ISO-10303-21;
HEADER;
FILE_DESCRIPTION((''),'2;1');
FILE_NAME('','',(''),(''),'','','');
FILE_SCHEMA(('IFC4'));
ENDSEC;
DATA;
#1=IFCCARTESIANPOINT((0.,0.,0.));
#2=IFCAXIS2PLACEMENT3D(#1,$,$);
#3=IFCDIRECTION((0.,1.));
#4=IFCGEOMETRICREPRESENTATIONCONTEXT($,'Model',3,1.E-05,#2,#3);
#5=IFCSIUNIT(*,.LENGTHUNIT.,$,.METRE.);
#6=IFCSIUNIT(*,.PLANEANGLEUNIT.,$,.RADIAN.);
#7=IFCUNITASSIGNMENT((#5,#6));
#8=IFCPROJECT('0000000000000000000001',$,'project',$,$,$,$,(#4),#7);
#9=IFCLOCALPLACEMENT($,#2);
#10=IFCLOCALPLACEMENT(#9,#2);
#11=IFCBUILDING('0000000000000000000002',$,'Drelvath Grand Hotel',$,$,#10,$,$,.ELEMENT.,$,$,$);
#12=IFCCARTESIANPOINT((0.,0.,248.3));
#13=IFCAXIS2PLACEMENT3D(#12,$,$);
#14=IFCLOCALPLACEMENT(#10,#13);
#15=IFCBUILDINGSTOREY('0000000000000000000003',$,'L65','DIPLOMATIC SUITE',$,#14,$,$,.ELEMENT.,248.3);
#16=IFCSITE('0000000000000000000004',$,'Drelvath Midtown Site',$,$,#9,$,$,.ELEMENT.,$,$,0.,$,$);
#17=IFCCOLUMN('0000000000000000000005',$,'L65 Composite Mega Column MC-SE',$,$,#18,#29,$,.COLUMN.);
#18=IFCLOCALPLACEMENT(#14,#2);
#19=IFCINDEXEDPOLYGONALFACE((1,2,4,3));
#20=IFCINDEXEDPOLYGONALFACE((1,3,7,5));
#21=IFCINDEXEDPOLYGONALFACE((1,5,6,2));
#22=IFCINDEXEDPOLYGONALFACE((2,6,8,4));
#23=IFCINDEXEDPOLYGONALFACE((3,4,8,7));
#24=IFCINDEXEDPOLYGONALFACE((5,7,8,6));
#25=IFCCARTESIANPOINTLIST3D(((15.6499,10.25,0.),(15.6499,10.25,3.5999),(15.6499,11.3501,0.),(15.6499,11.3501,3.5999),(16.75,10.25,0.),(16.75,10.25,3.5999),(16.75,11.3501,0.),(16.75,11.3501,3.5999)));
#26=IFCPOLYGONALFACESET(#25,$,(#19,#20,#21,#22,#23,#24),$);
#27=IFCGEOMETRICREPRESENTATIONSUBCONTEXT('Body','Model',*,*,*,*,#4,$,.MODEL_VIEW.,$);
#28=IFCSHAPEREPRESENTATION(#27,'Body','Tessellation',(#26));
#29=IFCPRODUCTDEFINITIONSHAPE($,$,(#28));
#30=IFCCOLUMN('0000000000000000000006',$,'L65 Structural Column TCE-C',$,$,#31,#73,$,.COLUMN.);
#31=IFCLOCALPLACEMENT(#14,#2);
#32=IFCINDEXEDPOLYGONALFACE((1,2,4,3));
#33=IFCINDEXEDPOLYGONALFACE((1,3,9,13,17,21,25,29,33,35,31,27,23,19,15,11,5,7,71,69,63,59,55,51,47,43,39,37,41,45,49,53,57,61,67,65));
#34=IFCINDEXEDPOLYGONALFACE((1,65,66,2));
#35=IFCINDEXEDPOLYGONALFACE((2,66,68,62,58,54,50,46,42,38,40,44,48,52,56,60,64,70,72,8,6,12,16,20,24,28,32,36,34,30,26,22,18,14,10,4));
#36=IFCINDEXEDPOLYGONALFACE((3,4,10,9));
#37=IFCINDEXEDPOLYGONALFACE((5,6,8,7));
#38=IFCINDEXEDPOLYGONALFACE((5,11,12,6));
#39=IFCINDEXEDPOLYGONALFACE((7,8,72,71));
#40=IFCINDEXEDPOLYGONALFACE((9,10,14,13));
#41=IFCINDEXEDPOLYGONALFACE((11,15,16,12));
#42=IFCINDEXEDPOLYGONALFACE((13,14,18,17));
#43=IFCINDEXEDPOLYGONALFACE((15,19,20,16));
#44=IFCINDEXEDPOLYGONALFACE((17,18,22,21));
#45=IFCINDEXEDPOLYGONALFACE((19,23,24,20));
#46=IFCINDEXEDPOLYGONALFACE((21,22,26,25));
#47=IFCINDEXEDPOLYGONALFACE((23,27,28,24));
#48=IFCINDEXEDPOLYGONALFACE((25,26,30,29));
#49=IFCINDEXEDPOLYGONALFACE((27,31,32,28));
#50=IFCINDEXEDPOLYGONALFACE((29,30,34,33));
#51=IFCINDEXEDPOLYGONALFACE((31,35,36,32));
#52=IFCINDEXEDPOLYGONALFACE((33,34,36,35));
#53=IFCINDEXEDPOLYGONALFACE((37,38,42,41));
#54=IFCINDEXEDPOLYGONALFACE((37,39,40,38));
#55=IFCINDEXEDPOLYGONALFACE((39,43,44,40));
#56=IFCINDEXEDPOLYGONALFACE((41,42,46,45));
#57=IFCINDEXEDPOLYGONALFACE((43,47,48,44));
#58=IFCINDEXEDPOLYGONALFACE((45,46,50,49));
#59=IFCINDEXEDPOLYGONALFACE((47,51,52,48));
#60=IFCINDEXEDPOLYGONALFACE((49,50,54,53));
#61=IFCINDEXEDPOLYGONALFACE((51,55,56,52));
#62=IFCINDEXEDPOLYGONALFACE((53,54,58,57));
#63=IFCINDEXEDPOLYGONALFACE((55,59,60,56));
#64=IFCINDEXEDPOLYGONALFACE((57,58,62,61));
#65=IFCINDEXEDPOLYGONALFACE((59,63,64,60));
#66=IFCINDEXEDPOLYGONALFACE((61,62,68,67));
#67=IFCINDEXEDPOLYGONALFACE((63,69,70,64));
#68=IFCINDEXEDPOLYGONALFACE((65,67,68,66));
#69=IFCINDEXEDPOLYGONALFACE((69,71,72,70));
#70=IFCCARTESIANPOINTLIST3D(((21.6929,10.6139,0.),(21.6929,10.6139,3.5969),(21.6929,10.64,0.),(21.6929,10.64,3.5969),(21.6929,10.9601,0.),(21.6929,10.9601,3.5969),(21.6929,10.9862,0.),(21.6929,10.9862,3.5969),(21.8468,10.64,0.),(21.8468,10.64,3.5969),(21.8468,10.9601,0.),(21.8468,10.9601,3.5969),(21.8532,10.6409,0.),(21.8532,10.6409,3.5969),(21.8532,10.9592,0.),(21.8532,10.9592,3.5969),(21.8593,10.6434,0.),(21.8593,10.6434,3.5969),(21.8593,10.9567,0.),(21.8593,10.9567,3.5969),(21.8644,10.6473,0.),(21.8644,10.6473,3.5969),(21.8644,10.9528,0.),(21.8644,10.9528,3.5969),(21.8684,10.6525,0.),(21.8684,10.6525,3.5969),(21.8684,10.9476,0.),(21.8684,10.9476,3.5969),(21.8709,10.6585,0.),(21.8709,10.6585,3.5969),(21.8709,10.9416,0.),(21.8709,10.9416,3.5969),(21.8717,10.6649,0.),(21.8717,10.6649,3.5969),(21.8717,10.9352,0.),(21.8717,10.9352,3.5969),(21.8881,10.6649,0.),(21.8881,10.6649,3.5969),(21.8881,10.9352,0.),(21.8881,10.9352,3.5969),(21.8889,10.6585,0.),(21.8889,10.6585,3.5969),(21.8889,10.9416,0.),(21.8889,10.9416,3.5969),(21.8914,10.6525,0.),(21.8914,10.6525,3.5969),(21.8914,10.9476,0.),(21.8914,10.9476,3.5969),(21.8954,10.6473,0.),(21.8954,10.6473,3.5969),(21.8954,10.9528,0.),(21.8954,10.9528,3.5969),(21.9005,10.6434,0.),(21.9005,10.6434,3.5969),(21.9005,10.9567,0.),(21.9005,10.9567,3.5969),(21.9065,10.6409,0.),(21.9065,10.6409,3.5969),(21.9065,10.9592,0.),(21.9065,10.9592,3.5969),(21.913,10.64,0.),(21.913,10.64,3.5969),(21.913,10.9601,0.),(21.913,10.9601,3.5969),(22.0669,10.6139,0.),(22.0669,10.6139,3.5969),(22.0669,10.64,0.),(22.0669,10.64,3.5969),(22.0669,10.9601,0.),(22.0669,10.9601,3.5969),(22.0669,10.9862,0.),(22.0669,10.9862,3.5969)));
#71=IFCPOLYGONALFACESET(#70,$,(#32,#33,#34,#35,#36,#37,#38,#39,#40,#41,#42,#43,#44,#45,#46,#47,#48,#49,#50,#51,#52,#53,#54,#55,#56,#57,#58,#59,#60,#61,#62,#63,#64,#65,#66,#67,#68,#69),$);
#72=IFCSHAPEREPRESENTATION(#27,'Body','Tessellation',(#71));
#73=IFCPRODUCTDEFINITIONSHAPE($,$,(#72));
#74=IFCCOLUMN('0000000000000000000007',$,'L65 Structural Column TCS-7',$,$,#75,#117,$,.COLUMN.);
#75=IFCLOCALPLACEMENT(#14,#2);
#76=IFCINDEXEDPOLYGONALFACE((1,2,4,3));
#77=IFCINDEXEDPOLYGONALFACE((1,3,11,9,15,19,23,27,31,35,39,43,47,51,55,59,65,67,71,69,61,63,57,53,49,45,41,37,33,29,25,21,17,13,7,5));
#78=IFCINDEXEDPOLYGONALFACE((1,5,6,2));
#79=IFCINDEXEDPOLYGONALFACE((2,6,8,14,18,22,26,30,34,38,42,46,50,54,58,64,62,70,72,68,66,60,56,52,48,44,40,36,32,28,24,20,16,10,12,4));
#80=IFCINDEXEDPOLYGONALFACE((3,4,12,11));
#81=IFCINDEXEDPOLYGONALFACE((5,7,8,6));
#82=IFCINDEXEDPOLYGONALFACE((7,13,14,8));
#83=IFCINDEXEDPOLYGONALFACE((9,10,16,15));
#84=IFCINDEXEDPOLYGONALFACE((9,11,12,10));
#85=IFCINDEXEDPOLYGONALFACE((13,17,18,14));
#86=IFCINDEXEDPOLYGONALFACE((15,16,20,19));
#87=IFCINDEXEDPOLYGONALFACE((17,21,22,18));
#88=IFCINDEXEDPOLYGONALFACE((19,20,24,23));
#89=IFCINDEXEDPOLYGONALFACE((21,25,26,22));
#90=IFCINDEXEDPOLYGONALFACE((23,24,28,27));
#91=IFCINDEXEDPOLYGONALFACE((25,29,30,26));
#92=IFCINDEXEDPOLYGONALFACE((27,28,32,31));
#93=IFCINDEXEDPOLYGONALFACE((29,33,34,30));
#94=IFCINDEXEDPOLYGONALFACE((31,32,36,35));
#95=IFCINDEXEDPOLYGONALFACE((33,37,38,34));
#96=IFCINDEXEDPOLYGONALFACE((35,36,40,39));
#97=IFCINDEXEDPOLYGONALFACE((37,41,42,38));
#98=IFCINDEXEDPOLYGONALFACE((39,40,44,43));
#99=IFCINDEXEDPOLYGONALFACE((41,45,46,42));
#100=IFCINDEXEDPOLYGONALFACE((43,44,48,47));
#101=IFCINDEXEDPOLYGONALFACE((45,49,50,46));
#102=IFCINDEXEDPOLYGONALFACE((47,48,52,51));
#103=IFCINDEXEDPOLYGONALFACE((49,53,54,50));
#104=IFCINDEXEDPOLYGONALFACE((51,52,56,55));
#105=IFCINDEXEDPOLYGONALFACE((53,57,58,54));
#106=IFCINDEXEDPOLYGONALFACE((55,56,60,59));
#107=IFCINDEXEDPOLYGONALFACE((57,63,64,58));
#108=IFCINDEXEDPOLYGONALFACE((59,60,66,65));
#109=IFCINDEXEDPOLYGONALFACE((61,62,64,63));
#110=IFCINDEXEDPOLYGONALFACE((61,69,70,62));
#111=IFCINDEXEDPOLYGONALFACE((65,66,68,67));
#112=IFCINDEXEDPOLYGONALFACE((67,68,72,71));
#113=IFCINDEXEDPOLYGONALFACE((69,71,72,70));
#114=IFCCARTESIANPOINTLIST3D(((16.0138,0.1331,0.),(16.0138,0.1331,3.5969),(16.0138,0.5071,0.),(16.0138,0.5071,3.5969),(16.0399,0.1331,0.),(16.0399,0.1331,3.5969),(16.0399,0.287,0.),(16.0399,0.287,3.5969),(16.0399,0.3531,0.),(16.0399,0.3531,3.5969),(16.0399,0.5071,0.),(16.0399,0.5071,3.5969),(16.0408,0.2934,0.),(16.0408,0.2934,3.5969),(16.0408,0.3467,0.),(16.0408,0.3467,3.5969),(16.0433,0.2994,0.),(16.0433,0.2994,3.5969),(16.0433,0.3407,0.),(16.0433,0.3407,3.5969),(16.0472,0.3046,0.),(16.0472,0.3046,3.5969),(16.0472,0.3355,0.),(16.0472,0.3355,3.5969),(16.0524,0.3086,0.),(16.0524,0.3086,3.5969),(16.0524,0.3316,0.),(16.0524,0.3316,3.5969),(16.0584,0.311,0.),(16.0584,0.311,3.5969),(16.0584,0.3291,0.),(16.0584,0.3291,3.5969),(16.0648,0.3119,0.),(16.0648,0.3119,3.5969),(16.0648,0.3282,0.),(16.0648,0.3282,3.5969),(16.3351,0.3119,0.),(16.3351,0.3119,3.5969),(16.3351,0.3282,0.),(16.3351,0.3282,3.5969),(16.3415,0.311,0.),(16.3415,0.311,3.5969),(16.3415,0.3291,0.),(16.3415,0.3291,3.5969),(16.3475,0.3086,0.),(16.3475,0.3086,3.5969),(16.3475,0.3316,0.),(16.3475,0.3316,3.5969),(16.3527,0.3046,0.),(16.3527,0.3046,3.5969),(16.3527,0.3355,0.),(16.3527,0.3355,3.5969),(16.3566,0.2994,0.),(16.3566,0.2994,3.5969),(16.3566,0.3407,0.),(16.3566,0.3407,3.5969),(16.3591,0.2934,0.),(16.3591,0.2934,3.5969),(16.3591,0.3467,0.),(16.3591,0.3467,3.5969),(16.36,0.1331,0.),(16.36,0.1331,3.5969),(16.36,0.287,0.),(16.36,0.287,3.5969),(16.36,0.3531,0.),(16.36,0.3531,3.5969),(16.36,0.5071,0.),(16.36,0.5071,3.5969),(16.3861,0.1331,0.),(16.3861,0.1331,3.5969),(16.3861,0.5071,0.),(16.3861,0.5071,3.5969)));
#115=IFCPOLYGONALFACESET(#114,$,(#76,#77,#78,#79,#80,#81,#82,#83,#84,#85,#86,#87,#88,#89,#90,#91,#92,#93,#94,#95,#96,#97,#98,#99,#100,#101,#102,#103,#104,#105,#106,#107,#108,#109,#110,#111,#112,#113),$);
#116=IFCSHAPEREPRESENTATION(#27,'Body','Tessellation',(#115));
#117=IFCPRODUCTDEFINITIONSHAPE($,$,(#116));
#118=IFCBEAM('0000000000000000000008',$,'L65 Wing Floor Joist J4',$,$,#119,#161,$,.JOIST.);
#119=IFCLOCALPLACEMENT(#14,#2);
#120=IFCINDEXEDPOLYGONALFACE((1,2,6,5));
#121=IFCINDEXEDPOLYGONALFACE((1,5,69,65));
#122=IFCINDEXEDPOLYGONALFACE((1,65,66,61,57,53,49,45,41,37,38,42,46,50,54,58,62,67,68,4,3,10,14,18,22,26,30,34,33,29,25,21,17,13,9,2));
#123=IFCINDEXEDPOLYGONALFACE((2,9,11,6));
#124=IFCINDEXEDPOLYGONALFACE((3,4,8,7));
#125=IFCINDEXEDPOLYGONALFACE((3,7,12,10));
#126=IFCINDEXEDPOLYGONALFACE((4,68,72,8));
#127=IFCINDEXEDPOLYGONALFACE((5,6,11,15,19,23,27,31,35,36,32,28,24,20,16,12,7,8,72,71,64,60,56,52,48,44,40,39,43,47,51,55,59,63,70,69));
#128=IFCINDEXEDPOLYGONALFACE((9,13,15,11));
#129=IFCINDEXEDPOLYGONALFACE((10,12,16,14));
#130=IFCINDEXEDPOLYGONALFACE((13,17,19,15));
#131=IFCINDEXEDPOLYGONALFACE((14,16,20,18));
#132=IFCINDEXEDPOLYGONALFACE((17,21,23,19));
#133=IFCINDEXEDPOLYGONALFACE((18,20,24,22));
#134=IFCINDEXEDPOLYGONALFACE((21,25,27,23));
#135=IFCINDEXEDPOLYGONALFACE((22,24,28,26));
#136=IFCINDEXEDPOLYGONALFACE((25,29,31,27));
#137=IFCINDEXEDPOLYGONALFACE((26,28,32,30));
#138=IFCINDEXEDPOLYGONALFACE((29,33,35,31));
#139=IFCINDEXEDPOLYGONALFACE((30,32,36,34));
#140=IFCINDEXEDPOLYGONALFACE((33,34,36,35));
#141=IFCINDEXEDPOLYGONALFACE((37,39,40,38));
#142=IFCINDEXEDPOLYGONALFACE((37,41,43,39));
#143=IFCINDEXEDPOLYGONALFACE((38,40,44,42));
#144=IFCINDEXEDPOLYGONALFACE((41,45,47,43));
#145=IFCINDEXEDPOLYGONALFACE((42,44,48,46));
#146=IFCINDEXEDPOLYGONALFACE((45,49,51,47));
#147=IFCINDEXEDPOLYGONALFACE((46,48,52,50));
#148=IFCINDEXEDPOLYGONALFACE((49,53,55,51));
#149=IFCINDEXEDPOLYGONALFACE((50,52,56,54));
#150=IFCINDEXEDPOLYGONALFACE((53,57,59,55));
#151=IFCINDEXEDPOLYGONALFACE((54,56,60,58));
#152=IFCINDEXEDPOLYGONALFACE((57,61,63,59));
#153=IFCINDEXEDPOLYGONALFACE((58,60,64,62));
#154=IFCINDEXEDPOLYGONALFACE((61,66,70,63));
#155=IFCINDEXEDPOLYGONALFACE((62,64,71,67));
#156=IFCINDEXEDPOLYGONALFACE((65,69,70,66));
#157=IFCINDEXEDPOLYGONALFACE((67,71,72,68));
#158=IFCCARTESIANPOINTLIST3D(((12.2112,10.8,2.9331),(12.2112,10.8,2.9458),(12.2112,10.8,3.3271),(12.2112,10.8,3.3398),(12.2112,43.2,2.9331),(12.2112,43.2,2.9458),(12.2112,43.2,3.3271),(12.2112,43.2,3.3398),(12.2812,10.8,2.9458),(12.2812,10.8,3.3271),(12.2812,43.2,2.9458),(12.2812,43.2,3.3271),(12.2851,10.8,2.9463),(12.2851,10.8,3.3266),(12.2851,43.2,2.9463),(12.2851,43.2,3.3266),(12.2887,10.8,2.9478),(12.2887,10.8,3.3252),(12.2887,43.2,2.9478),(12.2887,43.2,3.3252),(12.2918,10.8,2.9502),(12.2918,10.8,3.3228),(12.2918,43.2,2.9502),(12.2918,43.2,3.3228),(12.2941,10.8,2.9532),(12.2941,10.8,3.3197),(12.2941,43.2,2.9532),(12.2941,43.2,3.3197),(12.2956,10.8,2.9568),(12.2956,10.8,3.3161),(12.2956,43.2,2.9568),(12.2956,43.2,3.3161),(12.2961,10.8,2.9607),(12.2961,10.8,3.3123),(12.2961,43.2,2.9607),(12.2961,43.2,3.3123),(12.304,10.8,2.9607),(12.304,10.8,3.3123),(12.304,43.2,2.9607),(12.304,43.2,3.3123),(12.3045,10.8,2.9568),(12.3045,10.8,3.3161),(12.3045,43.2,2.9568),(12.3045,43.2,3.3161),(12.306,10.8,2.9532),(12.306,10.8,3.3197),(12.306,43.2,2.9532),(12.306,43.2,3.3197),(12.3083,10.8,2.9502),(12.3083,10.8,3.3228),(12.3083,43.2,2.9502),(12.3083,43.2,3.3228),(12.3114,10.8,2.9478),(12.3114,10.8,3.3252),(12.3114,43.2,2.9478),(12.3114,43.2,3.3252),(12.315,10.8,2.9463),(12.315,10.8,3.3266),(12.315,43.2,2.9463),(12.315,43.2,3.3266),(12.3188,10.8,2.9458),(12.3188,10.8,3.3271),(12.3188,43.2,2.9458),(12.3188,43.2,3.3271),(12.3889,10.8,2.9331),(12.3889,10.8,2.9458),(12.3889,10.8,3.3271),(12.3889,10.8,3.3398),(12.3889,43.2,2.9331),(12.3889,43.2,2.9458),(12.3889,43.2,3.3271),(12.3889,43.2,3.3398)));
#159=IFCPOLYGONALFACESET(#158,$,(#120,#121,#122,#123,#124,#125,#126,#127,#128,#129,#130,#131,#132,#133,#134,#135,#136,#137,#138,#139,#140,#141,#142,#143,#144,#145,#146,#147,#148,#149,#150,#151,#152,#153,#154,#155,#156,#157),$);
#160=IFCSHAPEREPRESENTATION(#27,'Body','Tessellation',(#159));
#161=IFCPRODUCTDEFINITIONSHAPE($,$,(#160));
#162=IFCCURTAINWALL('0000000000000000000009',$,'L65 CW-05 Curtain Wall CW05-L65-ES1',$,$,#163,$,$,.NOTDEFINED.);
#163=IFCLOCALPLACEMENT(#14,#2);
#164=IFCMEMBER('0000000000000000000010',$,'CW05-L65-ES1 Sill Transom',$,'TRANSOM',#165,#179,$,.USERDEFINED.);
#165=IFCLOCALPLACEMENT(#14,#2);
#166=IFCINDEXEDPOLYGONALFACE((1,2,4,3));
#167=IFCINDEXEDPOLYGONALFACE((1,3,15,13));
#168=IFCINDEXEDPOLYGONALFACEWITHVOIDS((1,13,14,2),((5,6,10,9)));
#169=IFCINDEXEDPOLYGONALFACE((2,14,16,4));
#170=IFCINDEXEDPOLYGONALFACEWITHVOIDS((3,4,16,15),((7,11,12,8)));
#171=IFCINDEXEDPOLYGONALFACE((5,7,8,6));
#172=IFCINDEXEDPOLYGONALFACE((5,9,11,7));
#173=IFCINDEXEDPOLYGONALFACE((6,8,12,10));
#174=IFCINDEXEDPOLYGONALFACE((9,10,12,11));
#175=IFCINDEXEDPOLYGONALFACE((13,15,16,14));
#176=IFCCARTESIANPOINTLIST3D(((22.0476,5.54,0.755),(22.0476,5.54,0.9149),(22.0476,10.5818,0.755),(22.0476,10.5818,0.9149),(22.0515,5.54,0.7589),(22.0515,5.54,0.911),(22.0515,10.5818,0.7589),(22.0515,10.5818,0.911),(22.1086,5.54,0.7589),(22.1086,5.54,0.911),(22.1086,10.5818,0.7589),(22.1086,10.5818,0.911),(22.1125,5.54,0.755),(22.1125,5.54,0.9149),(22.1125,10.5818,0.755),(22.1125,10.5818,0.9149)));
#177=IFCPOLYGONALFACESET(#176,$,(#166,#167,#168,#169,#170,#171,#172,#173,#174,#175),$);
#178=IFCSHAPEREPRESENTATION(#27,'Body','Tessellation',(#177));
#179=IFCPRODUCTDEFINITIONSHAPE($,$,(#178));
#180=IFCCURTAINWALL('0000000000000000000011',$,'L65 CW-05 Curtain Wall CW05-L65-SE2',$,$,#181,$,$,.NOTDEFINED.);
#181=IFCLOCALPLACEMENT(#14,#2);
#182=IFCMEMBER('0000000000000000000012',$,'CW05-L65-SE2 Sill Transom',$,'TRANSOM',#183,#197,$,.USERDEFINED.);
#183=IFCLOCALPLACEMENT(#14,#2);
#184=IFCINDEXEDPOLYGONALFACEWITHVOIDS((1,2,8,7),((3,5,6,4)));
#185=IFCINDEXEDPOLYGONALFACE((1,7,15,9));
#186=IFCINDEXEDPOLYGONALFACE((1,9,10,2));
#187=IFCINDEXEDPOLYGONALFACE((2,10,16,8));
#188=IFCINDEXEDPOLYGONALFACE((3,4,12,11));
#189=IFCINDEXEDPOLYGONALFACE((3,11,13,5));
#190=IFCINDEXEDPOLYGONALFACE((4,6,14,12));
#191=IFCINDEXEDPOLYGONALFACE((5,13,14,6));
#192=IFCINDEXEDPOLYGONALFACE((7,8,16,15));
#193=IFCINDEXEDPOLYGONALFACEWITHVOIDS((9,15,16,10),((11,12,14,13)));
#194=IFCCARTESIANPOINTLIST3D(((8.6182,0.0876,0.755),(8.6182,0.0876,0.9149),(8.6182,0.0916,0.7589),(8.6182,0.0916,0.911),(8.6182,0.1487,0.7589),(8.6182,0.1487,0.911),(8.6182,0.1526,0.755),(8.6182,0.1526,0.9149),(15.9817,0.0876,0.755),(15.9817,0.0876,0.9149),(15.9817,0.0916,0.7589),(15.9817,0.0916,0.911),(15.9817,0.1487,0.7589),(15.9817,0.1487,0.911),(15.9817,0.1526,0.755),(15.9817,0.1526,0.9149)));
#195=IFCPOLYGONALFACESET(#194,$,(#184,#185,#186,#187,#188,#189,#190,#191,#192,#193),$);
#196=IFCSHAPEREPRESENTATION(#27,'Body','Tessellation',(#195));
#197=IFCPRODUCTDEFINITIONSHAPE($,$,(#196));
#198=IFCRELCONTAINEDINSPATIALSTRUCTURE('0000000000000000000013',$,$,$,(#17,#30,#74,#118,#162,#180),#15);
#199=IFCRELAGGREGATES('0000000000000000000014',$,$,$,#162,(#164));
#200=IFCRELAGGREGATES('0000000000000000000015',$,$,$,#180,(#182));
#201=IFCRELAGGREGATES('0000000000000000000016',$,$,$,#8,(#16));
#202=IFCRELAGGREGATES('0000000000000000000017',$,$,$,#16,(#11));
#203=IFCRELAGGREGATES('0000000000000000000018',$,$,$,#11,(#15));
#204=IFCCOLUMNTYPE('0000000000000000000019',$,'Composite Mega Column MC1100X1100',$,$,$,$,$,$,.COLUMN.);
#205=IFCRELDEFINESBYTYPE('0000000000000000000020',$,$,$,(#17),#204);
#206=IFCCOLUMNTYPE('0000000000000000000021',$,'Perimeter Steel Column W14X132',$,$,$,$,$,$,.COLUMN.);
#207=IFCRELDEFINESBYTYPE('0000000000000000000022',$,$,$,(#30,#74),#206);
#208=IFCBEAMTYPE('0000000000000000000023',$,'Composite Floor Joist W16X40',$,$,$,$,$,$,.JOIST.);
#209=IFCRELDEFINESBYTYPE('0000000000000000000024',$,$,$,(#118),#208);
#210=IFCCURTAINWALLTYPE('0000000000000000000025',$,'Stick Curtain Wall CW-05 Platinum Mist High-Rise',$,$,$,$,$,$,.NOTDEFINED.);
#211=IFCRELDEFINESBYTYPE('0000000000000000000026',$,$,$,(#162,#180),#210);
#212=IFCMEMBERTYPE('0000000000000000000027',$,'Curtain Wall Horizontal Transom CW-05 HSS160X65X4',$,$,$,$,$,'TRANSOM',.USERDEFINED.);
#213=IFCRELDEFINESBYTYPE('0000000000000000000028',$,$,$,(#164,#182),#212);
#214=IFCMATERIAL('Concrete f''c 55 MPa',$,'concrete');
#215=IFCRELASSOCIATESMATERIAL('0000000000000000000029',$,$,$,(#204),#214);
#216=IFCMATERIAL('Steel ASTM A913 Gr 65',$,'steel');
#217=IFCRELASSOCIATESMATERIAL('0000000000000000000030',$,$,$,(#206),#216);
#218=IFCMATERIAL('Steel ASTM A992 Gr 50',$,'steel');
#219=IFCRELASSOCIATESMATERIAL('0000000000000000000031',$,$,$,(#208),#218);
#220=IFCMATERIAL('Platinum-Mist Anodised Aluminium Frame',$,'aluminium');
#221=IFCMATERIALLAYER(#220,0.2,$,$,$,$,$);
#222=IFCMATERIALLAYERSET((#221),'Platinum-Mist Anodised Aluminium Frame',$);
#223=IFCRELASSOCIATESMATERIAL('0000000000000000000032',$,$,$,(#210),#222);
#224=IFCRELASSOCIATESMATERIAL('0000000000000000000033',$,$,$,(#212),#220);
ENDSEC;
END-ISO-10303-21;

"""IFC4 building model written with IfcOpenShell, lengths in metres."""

from ifc_helpers import new_model, si_unit, direction, frame, origin, origin_2d, place, context, subcontext, project, spatial, rectangle, hollow_rectangle, i_section, extrude, material, layer, layer_set, material_profile, profile_set, type_object, element, aggregate, save


model = new_model("IFC4")

# Units and contexts
model_context = context("Model", 3, precision=1e-05, world=origin(), true_north=direction((0.0, 1.0)))
body_context = subcontext(model_context, "Body", "Model", "MODEL_VIEW")
ifc_project = project(units=[si_unit("LENGTHUNIT", "METRE"), si_unit("PLANEANGLEUNIT", "RADIAN")], contexts=[model_context])

# Site, building, storey
site_placement = place(None, origin())
site = spatial("IfcSite", under=ifc_project, at=site_placement, Name="Drelvath Midtown Site", CompositionType="ELEMENT", RefElevation=0.0)
building_placement = place(site_placement, origin())
building = spatial("IfcBuilding", under=site, at=building_placement, Name="Drelvath Grand Hotel", CompositionType="ELEMENT")
storey_placement = place(building_placement, frame((0.0, 0.0, 248.3)))
storey = spatial("IfcBuildingStorey", under=building, at=storey_placement, Name="L65", Description="DIPLOMATIC SUITE", CompositionType="ELEMENT", Elevation=248.3)

# Columns
ifc_material_1 = material(Name="Concrete f'c 55 MPa", Category="concrete")
ifc_material_profile_1 = material_profile(ifc_material_1, rectangle(XDim=1.1001, YDim=1.1001, at=origin_2d()), Name="MC1100X1100")
ifc_profile_set_1 = profile_set([ifc_material_profile_1], Name="Concrete f'c 55 MPa")
column_type_1 = type_object("IfcColumnType", Name="Composite Mega Column MC1100X1100", PredefinedType="COLUMN", material=ifc_profile_set_1)
column_placement = place(storey_placement, frame((16.2, 10.8, 0.0), z_axis=(0.0, 0.0, 1.0), x_axis=(1.0, 0.0, 0.0)))
element("IfcColumn", 1, at=column_placement, inside=storey, type_object=column_type_1, Name="L65 Composite Mega Column MC-SE", PredefinedType="COLUMN", context=body_context, shape_type="SweptSolid", body=[
    extrude(rectangle(XDim=1.1001, YDim=1.1001, at=origin_2d()), origin(), (0.0, 0.0, 1.0), 3.5999),
])
ifc_material_2 = material(Name="Steel ASTM A913 Gr 65", Category="steel")
ifc_material_profile_2 = material_profile(ifc_material_2, i_section(OverallWidth=0.374, OverallDepth=0.3723, WebThickness=0.0164, FlangeThickness=0.0261, FilletRadius=0.0249, at=origin_2d()), Name="W14X132")
ifc_profile_set_2 = profile_set([ifc_material_profile_2], Name="Steel ASTM A913 Gr 65")
column_type_2 = type_object("IfcColumnType", Name="Perimeter Steel Column W14X132", PredefinedType="COLUMN", material=ifc_profile_set_2)
for number, where, z_axis, x_axis, name in (
    (2, (21.8799, 10.8, 0.0), (0.0, 0.0, 1.0), (1.0, 0.0, 0.0), "L65 Structural Column TCE-C"),
    (3, (16.2, 0.3201, 0.0), (0.0, 0.0, 1.0), (0.0, 1.0, 0.0), "L65 Structural Column TCS-7"),
):
    element("IfcColumn", number, at=place(storey_placement, frame(where, z_axis=z_axis, x_axis=x_axis)), inside=storey, type_object=column_type_2, Name=name, PredefinedType="COLUMN", context=body_context, shape_type="SweptSolid", body=[
        extrude(i_section(OverallWidth=0.374, OverallDepth=0.3723, WebThickness=0.0164, FlangeThickness=0.0261, FilletRadius=0.0249, at=origin_2d()), origin(), (0.0, 0.0, 1.0), 3.5969),
    ])

# Beam
ifc_material_3 = material(Name="Steel ASTM A992 Gr 50", Category="steel")
ifc_material_profile_3 = material_profile(ifc_material_3, i_section(OverallWidth=0.1777, OverallDepth=0.4067, WebThickness=0.0078, FlangeThickness=0.0127, FilletRadius=0.0149, at=origin_2d()), Name="W16X40")
ifc_profile_set_3 = profile_set([ifc_material_profile_3], Name="Steel ASTM A992 Gr 50")
beam_type_1 = type_object("IfcBeamType", Name="Composite Floor Joist W16X40", PredefinedType="JOIST", material=ifc_profile_set_3)
beam_1_placement = place(storey_placement, frame((12.3, 10.8, 3.1365), z_axis=(0.0, 1.0, 0.0), x_axis=(-1.0, 0.0, 0.0)))
element("IfcBeam", 4, at=beam_1_placement, inside=storey, type_object=beam_type_1, Name="L65 Wing Floor Joist J4", PredefinedType="JOIST", context=body_context, shape_type="SweptSolid", body=[
    extrude(i_section(OverallWidth=0.1777, OverallDepth=0.4067, WebThickness=0.0078, FlangeThickness=0.0127, FilletRadius=0.0149, at=origin_2d()), origin(), (0.0, 0.0, 1.0), 32.3999),
])

# Curtain walls, members
ifc_material_4 = material(Name="Platinum-Mist Anodised Aluminium Frame", Category="aluminium")
ifc_layer_1 = layer(ifc_material_4, 0.2)
ifc_layer_set_1 = layer_set([ifc_layer_1], Name="Platinum-Mist Anodised Aluminium Frame")
curtain_wall_type = type_object("IfcCurtainWallType", Name="Stick Curtain Wall CW-05 Platinum Mist High-Rise", PredefinedType="NOTDEFINED", material=ifc_layer_set_1)
curtain_wall_1_placement = place(storey_placement, origin())
curtain_wall_1 = element("IfcCurtainWall", 5, at=curtain_wall_1_placement, inside=storey, type_object=curtain_wall_type, Name="L65 CW-05 Curtain Wall CW05-L65-ES1", PredefinedType="NOTDEFINED")
ifc_material_profile_4 = material_profile(ifc_material_4, hollow_rectangle(XDim=0.0649, YDim=0.1599, WallThickness=0.0039, at=origin_2d()), Name="HSS160X65X4")
ifc_profile_set_4 = profile_set([ifc_material_profile_4], Name="Platinum-Mist Anodised Aluminium Frame")
member_type_1 = type_object("IfcMemberType", Name="Curtain Wall Horizontal Transom CW-05 HSS160X65X4", ElementType="TRANSOM", PredefinedType="USERDEFINED", material=ifc_profile_set_4)
member_1_placement = place(storey_placement, frame((22.0801, 10.5818, 0.835), z_axis=(0.0, -1.0, 0.0), x_axis=(1.0, 0.0, 0.0)))
member_1 = element("IfcMember", 6, at=member_1_placement, type_object=member_type_1, Name="CW05-L65-ES1 Sill Transom", ObjectType="TRANSOM", PredefinedType="USERDEFINED", context=body_context, shape_type="SweptSolid", body=[
    extrude(hollow_rectangle(XDim=0.0649, YDim=0.1599, WallThickness=0.0039, at=origin_2d()), origin(), (0.0, 0.0, 1.0), 5.0417),
])
curtain_wall_2_placement = place(storey_placement, origin())
curtain_wall_2 = element("IfcCurtainWall", 7, at=curtain_wall_2_placement, inside=storey, type_object=curtain_wall_type, Name="L65 CW-05 Curtain Wall CW05-L65-SE2", PredefinedType="NOTDEFINED")
member_2_placement = place(storey_placement, frame((15.9817, 0.1201, 0.835), z_axis=(-1.0, 0.0, 0.0), x_axis=(0.0, -1.0, 0.0)))
member_2 = element("IfcMember", 8, at=member_2_placement, type_object=member_type_1, Name="CW05-L65-SE2 Sill Transom", ObjectType="TRANSOM", PredefinedType="USERDEFINED", context=body_context, shape_type="SweptSolid", body=[
    extrude(hollow_rectangle(XDim=0.0649, YDim=0.1599, WallThickness=0.0039, at=origin_2d()), origin(), (0.0, 0.0, 1.0), 7.3635),
])

aggregate(curtain_wall_1, [member_1])
aggregate(curtain_wall_2, [member_2])

save(model, "model.ifc")
